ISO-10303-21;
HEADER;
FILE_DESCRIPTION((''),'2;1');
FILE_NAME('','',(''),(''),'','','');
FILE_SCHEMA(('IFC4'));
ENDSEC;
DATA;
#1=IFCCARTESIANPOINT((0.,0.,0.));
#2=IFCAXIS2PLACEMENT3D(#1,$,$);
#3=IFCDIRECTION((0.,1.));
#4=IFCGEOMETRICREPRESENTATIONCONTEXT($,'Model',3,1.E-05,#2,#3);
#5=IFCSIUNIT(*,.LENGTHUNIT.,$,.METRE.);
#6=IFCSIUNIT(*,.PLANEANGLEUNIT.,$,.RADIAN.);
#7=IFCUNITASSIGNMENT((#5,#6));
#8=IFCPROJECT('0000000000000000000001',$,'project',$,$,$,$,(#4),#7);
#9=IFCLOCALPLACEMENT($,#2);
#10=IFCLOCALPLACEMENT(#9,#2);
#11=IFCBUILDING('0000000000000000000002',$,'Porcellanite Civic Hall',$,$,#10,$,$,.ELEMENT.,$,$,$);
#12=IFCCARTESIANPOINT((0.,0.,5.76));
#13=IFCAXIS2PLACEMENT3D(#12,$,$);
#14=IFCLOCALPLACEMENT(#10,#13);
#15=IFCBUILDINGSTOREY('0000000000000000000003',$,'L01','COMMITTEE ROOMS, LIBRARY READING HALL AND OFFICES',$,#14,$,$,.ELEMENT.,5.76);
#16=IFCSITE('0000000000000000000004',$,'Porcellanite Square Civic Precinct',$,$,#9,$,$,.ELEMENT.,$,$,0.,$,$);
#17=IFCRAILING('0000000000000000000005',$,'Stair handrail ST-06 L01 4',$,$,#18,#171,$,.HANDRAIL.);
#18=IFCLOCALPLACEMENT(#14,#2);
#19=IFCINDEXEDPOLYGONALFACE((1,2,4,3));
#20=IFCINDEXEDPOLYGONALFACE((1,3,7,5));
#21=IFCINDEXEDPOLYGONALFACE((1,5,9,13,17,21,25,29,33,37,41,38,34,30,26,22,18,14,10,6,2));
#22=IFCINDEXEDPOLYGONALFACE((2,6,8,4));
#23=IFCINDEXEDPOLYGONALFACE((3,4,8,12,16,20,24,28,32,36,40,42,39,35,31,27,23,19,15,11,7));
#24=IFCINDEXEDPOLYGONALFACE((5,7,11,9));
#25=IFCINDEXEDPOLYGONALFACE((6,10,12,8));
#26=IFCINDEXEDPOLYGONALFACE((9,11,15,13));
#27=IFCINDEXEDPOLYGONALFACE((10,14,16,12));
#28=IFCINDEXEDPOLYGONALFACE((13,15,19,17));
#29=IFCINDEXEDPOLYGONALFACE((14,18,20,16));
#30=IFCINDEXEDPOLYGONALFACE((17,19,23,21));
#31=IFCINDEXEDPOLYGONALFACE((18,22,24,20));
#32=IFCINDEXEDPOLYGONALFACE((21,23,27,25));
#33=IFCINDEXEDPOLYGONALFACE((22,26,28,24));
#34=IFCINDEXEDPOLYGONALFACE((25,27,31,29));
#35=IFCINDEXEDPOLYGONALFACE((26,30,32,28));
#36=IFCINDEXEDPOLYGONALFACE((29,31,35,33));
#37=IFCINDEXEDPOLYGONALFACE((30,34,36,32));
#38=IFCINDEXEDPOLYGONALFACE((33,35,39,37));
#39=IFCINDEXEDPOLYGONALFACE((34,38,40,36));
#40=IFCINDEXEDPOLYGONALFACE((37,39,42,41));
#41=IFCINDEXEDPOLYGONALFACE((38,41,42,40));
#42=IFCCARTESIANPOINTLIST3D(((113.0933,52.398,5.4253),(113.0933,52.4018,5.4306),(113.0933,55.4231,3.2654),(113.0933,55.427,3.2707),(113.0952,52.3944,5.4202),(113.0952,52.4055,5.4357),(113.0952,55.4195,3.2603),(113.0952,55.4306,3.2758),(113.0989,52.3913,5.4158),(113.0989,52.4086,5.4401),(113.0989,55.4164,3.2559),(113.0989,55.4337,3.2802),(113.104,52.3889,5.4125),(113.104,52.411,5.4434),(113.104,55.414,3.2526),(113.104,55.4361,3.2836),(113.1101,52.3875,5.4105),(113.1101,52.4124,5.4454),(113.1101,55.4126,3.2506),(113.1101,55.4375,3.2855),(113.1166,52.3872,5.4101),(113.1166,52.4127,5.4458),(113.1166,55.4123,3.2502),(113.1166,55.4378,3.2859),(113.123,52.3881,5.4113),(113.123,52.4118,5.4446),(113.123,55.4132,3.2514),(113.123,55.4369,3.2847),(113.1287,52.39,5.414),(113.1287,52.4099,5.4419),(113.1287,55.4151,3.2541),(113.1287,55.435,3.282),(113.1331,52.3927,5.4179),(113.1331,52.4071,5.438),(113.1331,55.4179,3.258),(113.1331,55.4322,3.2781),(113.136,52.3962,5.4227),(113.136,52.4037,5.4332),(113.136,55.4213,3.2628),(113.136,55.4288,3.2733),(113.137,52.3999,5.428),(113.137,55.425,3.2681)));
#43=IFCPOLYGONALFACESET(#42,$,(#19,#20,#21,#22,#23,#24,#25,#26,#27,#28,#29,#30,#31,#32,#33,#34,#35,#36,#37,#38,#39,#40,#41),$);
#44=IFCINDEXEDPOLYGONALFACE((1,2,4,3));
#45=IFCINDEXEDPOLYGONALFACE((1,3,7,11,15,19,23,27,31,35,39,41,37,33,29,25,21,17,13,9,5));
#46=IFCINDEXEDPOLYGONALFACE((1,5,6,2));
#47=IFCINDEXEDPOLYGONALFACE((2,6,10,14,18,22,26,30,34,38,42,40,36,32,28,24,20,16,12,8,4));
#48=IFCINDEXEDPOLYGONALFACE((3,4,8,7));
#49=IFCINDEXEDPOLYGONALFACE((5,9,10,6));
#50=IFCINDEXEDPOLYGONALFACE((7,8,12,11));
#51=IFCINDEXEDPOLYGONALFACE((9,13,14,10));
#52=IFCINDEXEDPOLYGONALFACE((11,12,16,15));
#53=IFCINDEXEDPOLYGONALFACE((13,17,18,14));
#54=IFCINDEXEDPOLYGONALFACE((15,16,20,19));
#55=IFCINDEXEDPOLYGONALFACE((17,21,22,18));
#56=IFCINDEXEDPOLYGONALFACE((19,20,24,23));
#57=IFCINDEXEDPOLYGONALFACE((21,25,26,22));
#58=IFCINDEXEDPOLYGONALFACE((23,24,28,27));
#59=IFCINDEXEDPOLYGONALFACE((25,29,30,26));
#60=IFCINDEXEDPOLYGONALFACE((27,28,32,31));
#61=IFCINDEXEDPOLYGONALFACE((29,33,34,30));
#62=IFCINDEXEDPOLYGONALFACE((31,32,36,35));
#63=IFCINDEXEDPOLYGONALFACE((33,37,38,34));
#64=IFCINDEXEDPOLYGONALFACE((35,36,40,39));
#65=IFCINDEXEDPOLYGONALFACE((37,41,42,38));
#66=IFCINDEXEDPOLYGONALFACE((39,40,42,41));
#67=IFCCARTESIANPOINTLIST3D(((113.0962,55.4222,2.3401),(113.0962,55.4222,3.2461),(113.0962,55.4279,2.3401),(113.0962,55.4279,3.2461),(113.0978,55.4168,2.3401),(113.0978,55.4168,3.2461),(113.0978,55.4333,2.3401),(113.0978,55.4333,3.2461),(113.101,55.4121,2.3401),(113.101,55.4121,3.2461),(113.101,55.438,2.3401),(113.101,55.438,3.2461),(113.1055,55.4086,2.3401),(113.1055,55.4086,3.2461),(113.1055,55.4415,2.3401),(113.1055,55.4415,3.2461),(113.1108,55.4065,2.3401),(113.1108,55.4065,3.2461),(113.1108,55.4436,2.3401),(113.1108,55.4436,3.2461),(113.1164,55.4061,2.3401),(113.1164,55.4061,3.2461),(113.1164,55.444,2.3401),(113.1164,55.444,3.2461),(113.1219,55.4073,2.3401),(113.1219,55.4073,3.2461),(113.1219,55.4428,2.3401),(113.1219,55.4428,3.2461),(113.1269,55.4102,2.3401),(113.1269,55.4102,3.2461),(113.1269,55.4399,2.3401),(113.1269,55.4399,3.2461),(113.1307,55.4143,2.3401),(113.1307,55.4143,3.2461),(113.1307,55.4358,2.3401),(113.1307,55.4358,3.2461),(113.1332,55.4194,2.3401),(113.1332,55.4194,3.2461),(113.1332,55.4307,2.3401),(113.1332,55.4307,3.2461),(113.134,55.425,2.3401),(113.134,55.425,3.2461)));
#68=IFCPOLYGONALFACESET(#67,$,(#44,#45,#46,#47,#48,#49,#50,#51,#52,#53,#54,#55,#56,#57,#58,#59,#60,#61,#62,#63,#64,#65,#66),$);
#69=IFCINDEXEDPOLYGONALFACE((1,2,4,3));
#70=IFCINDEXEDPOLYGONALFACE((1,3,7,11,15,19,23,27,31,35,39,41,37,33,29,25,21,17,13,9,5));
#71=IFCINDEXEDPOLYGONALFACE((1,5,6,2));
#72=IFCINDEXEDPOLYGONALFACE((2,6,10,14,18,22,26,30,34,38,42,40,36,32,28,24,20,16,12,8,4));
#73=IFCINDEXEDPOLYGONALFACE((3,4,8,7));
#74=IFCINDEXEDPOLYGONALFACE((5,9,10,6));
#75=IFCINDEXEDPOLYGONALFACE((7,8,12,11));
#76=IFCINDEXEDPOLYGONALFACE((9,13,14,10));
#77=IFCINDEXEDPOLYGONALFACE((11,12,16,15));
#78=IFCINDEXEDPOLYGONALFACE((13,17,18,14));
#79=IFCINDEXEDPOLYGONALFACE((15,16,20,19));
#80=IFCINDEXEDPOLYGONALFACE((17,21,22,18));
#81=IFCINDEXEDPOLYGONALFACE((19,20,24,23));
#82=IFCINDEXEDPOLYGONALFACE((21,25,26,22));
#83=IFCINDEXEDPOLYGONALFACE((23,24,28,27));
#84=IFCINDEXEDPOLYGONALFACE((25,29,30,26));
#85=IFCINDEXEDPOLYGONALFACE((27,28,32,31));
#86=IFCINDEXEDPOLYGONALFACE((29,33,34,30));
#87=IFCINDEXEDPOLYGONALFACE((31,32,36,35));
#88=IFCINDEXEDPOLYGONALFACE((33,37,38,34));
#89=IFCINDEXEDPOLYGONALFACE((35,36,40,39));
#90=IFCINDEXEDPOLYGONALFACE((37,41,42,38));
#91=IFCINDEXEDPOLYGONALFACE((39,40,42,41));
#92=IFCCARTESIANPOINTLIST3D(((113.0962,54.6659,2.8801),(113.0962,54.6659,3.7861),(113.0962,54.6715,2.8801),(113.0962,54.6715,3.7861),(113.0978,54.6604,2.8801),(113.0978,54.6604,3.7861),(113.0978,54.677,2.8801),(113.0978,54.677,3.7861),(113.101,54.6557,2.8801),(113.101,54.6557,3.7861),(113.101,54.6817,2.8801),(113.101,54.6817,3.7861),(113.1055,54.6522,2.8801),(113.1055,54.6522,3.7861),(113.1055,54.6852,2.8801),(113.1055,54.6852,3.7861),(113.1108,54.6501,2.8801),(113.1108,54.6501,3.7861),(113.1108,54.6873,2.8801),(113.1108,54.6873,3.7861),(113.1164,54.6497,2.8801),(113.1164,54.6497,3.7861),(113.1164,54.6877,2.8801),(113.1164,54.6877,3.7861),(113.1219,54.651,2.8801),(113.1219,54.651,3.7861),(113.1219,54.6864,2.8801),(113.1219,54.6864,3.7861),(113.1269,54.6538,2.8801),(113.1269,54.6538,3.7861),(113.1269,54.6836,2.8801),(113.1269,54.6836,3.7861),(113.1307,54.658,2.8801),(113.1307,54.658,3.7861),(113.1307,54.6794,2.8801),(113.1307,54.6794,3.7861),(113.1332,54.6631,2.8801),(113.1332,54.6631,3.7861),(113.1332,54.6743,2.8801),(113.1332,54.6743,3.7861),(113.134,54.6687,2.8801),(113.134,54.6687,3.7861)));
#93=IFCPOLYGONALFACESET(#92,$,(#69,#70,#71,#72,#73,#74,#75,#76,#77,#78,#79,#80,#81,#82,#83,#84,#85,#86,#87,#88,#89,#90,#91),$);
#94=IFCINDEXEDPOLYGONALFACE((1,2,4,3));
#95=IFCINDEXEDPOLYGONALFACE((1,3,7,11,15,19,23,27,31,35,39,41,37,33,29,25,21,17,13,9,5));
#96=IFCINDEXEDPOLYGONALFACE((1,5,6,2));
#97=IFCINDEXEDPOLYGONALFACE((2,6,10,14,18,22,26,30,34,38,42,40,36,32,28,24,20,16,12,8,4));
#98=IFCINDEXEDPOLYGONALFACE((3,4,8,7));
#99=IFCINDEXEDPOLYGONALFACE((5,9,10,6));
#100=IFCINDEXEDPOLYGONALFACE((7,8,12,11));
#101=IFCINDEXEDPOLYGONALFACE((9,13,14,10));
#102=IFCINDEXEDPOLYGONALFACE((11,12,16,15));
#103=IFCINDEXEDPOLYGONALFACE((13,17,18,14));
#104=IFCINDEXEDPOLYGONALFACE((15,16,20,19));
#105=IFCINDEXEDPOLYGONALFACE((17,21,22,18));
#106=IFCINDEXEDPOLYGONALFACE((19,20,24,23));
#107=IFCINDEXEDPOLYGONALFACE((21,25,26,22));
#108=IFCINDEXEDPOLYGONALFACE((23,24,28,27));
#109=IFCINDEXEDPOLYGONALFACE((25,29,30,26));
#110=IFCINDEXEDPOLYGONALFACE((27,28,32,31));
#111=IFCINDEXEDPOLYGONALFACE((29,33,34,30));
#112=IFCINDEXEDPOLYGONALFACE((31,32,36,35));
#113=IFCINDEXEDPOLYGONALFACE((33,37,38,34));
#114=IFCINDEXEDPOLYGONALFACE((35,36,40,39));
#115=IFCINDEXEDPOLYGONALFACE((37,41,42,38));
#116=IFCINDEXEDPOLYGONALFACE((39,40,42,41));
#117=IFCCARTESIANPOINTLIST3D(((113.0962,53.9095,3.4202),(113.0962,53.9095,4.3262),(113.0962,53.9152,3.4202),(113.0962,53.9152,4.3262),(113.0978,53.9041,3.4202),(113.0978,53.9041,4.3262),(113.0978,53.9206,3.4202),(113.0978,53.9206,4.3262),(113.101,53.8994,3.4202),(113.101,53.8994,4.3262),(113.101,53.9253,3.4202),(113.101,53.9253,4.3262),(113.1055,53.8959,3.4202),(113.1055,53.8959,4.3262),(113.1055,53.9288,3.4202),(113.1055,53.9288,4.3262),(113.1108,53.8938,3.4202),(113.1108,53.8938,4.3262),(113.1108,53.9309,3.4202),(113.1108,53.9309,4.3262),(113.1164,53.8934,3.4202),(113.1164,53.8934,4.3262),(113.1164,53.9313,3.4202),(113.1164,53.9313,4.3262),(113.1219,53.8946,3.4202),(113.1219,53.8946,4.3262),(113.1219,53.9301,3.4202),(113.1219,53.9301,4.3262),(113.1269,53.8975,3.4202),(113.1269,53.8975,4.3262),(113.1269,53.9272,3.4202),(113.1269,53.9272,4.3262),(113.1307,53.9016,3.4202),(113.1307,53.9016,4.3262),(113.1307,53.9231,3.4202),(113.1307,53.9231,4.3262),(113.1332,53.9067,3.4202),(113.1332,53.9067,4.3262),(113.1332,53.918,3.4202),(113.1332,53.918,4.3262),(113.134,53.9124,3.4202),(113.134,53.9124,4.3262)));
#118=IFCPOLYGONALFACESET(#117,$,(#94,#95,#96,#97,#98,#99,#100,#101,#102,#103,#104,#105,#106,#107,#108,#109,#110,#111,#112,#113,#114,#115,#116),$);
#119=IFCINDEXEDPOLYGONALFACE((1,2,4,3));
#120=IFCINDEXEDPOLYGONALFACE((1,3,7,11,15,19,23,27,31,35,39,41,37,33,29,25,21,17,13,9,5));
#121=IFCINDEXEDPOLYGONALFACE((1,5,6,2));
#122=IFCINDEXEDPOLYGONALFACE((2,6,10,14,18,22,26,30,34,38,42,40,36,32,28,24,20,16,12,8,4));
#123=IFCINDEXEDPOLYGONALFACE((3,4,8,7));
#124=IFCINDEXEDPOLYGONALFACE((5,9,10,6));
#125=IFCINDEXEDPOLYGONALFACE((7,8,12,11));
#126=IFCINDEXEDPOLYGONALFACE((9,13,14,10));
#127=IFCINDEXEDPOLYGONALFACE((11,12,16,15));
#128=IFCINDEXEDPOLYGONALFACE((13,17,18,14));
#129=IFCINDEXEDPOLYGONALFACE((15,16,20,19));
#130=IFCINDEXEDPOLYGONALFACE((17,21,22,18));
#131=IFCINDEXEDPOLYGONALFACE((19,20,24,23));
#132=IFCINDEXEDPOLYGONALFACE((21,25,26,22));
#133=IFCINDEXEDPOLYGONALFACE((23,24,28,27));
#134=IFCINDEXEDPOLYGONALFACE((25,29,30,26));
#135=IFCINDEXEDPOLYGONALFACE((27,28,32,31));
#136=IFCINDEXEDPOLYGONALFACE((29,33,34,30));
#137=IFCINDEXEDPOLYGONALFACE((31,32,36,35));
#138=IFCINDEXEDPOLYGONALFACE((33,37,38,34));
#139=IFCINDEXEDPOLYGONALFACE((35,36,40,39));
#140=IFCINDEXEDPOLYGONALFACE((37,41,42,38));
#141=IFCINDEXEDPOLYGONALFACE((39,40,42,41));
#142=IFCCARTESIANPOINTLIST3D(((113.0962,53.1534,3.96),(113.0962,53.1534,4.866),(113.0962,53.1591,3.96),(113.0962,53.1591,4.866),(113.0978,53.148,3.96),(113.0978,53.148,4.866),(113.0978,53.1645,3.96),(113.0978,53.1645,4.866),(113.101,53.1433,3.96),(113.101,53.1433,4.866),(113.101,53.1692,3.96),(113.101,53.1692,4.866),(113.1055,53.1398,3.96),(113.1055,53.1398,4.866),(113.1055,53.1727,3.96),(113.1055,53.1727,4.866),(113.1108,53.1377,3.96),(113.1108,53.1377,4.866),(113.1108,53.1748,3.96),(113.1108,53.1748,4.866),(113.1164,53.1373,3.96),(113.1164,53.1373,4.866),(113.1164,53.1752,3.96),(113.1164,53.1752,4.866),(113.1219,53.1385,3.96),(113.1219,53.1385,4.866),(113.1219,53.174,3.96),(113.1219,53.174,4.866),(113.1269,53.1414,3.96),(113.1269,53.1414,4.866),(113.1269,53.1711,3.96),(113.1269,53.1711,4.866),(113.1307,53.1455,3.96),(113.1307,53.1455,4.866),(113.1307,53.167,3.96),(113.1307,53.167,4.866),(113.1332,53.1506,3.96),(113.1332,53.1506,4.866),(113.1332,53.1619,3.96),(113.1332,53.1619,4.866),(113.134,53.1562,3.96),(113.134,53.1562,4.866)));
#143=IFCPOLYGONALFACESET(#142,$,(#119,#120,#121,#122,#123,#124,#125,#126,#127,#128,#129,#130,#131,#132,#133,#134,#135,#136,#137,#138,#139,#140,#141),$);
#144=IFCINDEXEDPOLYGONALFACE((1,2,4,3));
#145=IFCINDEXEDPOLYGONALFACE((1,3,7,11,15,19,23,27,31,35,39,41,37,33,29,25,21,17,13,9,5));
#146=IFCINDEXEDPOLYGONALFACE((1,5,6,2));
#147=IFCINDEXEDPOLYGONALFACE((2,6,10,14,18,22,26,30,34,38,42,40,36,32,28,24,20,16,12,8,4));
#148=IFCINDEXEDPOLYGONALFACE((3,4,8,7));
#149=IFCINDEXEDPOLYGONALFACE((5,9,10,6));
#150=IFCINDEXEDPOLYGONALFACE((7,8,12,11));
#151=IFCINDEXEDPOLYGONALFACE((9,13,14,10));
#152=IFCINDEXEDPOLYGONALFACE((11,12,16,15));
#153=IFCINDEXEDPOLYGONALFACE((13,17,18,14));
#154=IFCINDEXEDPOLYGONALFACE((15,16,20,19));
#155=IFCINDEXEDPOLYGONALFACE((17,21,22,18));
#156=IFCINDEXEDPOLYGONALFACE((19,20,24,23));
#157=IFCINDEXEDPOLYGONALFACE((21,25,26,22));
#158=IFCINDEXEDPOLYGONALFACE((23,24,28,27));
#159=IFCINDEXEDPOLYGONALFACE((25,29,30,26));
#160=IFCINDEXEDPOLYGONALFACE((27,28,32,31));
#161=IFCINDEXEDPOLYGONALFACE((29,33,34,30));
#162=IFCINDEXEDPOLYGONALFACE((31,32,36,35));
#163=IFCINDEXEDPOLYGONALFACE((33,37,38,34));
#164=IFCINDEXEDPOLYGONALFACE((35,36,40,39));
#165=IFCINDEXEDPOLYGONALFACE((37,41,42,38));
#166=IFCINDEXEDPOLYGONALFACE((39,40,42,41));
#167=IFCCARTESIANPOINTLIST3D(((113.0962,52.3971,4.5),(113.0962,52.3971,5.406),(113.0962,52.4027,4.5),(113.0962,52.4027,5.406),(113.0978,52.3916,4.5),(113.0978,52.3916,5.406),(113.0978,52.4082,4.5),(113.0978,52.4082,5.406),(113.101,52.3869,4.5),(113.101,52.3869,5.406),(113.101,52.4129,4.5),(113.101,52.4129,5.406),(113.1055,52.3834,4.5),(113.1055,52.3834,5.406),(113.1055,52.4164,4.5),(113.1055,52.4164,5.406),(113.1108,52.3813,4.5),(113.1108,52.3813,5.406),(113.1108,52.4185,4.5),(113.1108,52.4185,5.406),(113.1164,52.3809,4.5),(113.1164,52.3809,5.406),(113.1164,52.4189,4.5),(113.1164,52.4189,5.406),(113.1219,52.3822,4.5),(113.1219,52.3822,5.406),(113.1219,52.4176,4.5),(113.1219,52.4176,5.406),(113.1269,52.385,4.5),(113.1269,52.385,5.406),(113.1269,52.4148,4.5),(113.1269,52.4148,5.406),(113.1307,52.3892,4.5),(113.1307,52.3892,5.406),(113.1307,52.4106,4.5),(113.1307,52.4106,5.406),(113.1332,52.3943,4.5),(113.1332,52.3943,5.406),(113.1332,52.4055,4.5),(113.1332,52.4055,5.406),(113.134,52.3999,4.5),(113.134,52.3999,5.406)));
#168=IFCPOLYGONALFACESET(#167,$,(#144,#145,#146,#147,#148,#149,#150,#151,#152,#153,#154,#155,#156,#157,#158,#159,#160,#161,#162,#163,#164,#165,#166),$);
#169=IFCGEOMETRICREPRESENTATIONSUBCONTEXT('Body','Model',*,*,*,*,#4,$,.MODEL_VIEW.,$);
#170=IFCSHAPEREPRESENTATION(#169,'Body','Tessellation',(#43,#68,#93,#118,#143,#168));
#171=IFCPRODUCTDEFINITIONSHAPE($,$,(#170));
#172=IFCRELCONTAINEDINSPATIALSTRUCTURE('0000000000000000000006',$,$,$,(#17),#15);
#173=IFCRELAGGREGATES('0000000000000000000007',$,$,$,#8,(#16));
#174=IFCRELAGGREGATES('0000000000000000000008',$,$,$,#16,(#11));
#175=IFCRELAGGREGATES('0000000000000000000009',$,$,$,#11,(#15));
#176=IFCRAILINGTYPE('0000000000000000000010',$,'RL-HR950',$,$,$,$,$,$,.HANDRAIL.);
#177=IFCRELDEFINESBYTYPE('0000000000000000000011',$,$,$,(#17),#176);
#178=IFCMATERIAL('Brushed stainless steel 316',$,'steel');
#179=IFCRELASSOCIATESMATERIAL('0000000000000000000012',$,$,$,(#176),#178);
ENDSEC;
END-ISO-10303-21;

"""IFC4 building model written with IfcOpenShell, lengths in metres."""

from ifc_helpers import new_model, si_unit, direction, frame, origin, origin_2d, place, context, subcontext, project, spatial, circle, extrude, material, type_object, element, save


model = new_model("IFC4")

# Units and contexts
model_context = context("Model", 3, precision=1e-05, world=origin(), true_north=direction((0.0, 1.0)))
body_context = subcontext(model_context, "Body", "Model", "MODEL_VIEW")
ifc_project = project(units=[si_unit("LENGTHUNIT", "METRE"), si_unit("PLANEANGLEUNIT", "RADIAN")], contexts=[model_context])

# Site, building, storey
site_placement = place(None, origin())
site = spatial("IfcSite", under=ifc_project, at=site_placement, Name="Porcellanite Square Civic Precinct", CompositionType="ELEMENT", RefElevation=0.0)
building_placement = place(site_placement, origin())
building = spatial("IfcBuilding", under=site, at=building_placement, Name="Porcellanite Civic Hall", CompositionType="ELEMENT")
storey_placement = place(building_placement, frame((0.0, 0.0, 5.76)))
storey = spatial("IfcBuildingStorey", under=building, at=storey_placement, Name="L01", Description="COMMITTEE ROOMS, LIBRARY READING HALL AND OFFICES", CompositionType="ELEMENT", Elevation=5.76)

# Railing
ifc_material_1 = material(Name="Brushed stainless steel 316", Category="steel")
railing_type = type_object("IfcRailingType", Name="RL-HR950", PredefinedType="HANDRAIL", material=ifc_material_1)
railing_placement = place(storey_placement, frame((113.115, 55.425, 2.3401)))
element("IfcRailing", 1, at=railing_placement, inside=storey, type_object=railing_type, Name="Stair handrail ST-06 L01 4", PredefinedType="HANDRAIL", context=body_context, shape_type="SweptSolid", body=[
    extrude(circle(Radius=0.022, at=origin_2d()), frame((0.0, 0.0, 0.928), z_axis=(0.0, -0.813849, 0.581077), x_axis=(1.0, 0.0, 0.0)), (0.0, 0.0, 1.0), 3.717),
    extrude(circle(Radius=0.019, at=origin_2d()), origin(), (0.0, 0.0, 1.0), 0.906),
    extrude(circle(Radius=0.019, at=origin_2d()), frame((0.0, -0.7563, 0.54)), (0.0, 0.0, 1.0), 0.906),
    extrude(circle(Radius=0.019, at=origin_2d()), frame((0.0, -1.5127, 1.0801)), (0.0, 0.0, 1.0), 0.906),
    extrude(circle(Radius=0.019, at=origin_2d()), frame((0.0, -2.2688, 1.6199)), (0.0, 0.0, 1.0), 0.906),
    extrude(circle(Radius=0.019, at=origin_2d()), frame((0.0, -3.0251, 2.1599)), (0.0, 0.0, 1.0), 0.906),
])

save(model, "model.ifc")
